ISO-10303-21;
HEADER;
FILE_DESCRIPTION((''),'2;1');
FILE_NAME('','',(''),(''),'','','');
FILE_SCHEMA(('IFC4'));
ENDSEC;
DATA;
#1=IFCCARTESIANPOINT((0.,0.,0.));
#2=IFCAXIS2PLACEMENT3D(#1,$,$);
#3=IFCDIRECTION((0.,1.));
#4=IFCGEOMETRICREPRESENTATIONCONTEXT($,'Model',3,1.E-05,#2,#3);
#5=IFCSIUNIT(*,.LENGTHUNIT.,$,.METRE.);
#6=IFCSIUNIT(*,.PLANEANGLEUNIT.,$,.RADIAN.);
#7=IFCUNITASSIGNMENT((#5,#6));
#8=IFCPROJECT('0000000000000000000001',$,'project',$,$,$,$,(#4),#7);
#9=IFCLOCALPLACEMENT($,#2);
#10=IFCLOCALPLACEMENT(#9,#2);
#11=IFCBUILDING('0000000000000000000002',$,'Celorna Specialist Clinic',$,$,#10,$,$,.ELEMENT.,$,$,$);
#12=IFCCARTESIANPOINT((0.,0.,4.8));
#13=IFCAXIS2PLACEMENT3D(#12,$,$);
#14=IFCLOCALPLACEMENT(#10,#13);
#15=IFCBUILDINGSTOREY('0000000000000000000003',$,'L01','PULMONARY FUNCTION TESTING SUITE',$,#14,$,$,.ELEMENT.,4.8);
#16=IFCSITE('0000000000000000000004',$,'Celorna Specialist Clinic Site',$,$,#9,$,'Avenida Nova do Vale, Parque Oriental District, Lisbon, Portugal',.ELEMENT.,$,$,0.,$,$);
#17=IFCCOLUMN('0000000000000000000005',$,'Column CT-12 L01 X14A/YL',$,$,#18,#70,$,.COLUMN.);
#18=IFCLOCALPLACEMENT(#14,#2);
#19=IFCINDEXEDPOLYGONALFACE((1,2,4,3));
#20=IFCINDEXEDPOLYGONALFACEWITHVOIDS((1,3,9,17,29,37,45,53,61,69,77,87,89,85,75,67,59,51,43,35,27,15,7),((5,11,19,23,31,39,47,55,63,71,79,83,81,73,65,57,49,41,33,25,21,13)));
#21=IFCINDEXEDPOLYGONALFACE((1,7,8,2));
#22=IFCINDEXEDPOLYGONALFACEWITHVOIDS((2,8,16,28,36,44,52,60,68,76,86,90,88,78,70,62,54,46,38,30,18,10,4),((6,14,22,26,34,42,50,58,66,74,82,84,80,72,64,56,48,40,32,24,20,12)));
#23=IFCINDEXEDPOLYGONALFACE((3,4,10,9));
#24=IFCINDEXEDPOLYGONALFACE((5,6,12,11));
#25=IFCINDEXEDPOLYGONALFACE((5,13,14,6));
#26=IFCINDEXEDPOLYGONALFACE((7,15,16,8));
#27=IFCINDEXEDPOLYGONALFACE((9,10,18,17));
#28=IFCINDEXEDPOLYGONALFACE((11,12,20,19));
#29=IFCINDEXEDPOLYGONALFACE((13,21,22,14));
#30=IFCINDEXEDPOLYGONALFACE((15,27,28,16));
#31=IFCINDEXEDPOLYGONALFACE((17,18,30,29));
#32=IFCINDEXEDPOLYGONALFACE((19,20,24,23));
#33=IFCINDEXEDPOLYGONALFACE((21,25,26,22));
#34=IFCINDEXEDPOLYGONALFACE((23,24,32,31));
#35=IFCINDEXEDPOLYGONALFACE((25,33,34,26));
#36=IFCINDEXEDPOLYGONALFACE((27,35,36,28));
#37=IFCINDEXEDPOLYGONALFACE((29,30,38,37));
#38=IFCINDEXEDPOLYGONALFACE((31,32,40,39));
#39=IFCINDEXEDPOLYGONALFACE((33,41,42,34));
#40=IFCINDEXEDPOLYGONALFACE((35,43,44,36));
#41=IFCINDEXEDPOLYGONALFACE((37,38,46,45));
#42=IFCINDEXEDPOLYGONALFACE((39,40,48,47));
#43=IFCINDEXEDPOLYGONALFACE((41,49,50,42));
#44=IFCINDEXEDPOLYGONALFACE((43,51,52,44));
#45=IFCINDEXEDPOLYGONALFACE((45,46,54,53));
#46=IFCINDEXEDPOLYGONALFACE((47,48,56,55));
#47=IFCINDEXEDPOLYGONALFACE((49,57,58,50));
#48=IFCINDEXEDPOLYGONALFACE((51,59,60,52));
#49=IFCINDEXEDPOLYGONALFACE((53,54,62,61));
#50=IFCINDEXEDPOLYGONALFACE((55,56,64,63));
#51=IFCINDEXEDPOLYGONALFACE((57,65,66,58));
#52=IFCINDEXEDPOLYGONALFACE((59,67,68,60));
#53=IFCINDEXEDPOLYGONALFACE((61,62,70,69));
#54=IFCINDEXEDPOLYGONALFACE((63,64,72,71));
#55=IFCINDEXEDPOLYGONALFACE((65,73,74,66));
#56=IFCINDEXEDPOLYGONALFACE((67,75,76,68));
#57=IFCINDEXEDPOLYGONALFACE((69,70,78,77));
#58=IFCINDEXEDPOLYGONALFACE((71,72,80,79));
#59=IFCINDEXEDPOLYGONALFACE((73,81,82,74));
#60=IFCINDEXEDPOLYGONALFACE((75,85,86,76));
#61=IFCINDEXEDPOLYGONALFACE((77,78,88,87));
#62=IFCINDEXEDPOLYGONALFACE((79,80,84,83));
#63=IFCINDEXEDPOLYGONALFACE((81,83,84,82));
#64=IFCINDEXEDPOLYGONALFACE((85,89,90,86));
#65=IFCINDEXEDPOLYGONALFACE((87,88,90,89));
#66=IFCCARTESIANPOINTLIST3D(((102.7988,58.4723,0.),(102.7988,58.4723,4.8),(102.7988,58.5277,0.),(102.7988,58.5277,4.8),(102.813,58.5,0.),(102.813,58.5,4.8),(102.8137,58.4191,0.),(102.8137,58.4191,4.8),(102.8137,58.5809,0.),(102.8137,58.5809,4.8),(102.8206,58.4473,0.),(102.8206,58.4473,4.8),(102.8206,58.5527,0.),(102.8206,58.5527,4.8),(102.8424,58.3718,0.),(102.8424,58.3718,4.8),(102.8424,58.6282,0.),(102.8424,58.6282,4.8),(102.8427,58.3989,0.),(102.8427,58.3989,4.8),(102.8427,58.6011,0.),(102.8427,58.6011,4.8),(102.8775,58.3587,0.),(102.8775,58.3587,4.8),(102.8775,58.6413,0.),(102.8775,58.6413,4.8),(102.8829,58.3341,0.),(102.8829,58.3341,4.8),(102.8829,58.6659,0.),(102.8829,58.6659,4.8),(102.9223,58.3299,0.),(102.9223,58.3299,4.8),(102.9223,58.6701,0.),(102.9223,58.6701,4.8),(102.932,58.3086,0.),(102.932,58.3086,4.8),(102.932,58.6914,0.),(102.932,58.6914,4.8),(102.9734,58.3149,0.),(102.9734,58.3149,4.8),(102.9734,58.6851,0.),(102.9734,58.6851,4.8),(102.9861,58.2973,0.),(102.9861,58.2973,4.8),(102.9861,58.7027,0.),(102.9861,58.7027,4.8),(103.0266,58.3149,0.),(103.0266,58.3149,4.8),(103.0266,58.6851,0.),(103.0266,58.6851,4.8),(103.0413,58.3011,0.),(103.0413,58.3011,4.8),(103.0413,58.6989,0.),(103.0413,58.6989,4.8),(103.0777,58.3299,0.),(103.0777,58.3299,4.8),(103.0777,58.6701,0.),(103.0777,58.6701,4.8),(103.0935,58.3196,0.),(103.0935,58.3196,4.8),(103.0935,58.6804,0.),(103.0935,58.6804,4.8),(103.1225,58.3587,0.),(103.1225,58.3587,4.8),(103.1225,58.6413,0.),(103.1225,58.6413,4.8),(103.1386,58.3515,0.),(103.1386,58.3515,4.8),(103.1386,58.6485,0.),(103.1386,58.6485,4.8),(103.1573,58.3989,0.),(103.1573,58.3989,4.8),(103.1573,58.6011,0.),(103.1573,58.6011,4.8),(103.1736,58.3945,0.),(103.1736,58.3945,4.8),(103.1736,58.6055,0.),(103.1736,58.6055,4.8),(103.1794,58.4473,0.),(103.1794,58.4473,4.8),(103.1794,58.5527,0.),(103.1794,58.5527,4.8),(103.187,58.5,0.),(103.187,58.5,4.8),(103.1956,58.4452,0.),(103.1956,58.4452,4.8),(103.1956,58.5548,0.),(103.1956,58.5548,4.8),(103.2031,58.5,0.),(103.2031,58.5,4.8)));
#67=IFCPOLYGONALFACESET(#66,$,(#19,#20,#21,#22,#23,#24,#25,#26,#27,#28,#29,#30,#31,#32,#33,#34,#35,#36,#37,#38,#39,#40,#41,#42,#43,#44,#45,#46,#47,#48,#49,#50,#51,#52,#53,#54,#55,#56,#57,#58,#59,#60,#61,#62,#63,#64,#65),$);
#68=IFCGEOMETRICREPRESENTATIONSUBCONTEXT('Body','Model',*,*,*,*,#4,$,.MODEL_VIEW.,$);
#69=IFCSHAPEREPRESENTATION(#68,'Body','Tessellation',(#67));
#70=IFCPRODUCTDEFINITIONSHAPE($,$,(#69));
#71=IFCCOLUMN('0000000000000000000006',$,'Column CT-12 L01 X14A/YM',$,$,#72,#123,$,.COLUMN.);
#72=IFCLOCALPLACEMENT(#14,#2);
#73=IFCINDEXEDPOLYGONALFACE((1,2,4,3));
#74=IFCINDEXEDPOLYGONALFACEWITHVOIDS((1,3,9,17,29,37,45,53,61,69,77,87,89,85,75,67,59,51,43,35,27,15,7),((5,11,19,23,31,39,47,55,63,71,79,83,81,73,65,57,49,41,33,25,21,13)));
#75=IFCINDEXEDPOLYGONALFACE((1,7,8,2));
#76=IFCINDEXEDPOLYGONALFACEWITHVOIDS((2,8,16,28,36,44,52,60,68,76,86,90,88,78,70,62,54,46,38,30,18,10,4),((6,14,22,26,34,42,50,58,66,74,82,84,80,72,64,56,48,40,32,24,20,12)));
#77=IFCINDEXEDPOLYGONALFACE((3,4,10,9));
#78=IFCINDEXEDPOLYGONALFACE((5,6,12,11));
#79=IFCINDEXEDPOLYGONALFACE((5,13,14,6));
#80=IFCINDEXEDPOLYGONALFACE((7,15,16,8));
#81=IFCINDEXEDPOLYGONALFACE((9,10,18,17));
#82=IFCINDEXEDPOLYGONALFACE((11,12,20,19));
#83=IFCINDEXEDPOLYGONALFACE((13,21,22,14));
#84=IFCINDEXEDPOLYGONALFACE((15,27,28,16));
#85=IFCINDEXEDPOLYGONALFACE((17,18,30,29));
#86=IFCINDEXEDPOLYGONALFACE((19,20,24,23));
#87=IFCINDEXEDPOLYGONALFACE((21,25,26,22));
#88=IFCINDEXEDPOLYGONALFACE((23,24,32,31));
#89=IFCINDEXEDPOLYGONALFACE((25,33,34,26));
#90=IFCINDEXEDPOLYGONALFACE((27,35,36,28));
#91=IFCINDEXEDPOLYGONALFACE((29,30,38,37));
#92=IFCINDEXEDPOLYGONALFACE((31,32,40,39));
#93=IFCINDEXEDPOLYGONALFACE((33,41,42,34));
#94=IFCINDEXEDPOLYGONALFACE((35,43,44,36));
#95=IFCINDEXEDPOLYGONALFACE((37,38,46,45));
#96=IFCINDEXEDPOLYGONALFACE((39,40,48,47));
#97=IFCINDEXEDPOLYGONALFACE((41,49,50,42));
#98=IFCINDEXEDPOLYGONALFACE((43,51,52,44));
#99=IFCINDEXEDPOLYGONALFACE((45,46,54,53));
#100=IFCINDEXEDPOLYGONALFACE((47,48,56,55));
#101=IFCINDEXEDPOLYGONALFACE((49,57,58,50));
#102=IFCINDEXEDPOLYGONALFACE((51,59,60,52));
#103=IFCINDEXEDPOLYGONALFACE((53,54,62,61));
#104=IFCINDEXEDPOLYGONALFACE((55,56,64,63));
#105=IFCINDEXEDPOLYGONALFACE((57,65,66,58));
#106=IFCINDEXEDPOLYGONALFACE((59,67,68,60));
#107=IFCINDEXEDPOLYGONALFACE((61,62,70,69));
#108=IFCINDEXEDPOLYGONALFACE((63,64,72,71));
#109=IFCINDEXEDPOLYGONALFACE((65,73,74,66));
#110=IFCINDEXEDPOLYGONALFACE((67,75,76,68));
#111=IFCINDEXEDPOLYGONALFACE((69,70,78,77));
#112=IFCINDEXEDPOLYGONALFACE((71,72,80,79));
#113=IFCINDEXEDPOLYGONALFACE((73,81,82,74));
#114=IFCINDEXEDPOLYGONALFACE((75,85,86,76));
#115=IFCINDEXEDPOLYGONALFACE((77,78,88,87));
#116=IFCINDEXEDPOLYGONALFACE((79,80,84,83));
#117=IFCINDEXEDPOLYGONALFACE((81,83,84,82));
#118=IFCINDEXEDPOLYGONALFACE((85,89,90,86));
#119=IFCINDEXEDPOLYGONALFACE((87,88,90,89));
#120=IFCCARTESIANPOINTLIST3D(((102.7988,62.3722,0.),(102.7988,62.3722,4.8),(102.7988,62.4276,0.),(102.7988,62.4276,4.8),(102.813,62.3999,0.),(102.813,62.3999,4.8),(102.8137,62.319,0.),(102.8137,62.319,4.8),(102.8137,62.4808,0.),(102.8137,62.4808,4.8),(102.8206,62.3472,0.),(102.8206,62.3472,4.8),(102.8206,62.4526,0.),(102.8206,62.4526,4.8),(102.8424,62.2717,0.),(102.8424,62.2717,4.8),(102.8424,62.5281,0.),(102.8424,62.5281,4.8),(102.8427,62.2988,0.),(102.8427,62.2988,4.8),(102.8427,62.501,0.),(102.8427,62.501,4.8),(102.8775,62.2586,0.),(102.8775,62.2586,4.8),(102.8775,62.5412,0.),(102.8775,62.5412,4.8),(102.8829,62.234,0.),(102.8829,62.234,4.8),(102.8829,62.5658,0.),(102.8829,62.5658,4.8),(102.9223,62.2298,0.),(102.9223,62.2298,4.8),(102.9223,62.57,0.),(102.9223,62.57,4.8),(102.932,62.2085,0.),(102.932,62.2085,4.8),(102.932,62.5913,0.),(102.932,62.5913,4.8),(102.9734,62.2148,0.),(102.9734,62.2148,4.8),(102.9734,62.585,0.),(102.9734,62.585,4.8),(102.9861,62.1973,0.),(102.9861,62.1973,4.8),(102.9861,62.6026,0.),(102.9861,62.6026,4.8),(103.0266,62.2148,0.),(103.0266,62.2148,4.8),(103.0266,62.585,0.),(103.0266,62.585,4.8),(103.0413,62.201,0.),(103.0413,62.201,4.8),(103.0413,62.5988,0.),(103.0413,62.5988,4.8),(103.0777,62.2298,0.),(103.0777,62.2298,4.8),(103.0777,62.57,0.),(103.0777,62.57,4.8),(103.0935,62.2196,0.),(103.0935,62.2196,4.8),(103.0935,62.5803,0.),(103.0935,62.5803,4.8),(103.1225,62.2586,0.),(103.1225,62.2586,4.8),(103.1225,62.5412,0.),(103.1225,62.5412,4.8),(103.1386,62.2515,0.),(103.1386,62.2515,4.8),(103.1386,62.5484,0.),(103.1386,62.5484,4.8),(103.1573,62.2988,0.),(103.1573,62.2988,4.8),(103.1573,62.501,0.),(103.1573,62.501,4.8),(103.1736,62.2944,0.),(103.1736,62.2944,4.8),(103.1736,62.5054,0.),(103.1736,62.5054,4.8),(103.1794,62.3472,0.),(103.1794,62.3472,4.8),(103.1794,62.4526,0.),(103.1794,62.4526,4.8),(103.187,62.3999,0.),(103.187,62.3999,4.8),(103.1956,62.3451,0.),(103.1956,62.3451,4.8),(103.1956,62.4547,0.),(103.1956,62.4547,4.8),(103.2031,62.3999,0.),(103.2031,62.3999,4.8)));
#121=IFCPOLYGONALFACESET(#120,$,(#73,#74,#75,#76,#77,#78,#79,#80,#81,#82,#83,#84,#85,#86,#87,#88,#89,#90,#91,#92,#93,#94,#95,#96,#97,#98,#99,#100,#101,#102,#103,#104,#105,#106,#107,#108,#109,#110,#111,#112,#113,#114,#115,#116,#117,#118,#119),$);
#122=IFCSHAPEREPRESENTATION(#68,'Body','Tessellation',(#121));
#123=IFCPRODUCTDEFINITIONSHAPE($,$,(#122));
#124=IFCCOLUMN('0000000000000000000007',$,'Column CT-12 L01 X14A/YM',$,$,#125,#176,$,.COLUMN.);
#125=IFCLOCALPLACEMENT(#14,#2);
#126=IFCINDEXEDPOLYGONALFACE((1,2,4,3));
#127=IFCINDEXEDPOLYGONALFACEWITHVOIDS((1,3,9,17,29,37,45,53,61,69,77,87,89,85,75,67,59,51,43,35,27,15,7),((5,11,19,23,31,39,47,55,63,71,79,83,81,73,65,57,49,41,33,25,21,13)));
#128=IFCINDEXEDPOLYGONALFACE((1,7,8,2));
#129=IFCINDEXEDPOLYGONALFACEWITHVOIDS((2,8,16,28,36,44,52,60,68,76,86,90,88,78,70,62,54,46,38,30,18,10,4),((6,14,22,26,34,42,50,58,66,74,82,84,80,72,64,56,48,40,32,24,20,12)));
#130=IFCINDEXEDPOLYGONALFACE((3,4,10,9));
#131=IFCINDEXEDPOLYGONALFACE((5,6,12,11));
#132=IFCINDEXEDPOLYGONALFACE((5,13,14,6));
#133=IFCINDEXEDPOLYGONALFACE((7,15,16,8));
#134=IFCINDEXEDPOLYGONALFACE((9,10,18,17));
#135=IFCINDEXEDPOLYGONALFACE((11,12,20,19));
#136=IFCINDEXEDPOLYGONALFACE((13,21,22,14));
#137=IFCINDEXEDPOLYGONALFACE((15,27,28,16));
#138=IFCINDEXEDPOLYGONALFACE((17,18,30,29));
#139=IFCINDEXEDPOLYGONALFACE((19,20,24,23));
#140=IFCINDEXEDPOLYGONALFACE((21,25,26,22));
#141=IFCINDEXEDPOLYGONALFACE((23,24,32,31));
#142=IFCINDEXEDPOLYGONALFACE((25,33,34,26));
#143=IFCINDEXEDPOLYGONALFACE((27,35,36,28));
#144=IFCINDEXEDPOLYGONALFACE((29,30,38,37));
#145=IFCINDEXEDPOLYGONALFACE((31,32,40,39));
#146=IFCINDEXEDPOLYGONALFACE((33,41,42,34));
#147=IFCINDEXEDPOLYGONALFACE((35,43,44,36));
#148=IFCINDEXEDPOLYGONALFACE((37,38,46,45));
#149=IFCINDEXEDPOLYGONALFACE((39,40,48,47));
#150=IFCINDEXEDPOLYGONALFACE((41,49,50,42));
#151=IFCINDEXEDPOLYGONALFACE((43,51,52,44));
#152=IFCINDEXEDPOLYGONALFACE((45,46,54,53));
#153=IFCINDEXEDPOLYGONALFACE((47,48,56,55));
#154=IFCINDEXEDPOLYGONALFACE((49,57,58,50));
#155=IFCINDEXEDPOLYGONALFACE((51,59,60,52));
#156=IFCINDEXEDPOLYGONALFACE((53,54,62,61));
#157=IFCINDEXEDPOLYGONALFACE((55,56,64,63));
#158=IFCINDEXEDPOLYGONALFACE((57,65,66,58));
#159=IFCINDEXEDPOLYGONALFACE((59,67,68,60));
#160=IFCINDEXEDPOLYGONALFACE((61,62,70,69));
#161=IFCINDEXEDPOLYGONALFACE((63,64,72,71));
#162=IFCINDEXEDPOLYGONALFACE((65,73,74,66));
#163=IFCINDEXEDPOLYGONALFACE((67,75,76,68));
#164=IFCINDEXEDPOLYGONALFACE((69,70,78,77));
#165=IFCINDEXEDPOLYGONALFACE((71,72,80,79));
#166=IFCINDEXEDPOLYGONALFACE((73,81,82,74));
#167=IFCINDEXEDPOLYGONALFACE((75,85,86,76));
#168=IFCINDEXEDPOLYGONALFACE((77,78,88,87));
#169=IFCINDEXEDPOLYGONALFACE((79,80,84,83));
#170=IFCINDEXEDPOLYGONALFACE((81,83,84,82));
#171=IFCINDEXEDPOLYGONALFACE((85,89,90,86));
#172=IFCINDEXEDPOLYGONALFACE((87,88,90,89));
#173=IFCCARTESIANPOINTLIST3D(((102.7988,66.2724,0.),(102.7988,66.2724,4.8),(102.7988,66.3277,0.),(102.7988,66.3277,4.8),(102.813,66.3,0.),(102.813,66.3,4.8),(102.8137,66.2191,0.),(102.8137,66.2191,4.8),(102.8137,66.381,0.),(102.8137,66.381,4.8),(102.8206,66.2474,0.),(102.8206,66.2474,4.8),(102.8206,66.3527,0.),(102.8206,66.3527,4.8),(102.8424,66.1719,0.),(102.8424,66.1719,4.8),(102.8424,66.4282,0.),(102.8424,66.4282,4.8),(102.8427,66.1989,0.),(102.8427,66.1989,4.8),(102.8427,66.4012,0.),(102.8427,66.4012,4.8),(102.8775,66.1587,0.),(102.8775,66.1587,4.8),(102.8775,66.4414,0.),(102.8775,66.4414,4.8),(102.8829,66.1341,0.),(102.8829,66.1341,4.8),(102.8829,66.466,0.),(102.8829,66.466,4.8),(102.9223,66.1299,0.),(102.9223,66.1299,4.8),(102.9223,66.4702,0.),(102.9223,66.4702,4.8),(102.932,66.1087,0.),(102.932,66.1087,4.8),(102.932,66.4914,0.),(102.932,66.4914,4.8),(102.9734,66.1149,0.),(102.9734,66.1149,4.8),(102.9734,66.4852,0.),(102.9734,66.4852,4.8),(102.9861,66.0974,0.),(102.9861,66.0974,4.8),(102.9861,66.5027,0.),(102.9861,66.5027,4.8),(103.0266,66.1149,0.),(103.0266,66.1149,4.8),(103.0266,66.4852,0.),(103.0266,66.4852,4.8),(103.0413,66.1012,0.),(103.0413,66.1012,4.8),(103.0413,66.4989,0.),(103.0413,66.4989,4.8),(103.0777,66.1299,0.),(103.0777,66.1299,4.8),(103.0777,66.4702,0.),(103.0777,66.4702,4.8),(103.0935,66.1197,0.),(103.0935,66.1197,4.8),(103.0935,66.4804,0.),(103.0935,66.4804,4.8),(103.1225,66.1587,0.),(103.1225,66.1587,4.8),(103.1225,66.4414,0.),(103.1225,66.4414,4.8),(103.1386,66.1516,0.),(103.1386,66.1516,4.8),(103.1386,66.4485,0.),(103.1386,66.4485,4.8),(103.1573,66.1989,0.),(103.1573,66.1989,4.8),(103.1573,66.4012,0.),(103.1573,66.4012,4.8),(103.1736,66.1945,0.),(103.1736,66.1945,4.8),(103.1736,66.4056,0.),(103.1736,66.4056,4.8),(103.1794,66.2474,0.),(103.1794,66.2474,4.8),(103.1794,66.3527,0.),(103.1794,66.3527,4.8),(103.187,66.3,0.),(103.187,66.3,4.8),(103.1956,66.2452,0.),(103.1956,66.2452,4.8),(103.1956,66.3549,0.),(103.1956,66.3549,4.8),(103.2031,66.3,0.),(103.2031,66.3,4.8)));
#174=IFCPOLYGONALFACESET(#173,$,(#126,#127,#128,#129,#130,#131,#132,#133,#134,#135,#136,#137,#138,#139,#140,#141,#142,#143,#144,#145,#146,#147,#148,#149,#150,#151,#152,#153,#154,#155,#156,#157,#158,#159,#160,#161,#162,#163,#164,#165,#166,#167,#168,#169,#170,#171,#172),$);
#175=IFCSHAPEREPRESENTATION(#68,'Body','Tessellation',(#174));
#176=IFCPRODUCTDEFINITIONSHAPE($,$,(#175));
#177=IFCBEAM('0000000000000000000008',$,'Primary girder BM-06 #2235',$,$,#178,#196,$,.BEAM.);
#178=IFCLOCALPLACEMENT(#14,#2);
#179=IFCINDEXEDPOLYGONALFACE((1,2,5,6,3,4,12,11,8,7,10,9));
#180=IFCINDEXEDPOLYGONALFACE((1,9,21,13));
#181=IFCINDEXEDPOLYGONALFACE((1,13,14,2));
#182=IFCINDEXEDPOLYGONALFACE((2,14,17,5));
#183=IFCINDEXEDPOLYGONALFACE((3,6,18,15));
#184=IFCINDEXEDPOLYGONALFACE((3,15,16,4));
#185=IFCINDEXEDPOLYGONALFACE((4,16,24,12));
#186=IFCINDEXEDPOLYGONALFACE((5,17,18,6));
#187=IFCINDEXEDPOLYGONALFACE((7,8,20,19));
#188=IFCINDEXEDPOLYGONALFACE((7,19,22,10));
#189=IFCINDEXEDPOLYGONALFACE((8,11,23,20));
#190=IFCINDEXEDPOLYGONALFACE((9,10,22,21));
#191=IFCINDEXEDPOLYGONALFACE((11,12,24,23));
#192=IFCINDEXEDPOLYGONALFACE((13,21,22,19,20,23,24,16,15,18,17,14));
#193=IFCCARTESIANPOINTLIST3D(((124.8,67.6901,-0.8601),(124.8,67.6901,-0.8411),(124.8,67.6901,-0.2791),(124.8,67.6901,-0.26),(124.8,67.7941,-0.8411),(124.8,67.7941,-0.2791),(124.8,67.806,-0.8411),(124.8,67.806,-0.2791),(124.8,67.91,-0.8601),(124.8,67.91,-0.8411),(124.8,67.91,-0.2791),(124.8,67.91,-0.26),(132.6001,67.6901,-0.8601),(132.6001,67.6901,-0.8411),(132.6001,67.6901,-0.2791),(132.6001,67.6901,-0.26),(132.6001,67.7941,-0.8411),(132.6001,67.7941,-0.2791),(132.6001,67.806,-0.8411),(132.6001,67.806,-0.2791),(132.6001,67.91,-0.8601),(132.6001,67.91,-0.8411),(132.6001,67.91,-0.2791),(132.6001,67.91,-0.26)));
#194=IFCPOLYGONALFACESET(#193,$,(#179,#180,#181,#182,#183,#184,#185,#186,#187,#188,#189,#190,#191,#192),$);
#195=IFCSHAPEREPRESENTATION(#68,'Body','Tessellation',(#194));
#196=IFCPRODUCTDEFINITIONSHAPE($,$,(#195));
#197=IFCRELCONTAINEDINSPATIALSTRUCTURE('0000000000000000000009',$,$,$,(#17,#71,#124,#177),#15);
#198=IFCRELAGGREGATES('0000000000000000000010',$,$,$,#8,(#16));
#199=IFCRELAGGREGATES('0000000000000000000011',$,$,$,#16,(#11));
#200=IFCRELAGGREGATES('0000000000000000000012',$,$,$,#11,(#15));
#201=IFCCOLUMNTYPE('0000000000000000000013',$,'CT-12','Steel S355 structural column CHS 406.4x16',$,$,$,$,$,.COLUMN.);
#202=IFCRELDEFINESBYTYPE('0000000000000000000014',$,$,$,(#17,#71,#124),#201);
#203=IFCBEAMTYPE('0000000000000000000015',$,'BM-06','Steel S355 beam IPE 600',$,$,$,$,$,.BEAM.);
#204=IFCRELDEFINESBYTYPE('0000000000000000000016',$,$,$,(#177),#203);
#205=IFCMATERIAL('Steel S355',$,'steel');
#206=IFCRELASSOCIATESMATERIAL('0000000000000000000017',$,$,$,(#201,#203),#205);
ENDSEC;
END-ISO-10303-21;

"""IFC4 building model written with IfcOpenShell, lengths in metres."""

from ifc_helpers import new_model, si_unit, direction, frame, origin, origin_2d, place, context, subcontext, project, spatial, hollow_circle, i_section, extrude, material, material_profile, profile_set, type_object, element, save


model = new_model("IFC4")

# Units and contexts
model_context = context("Model", 3, precision=1e-05, world=origin(), true_north=direction((0.0, 1.0)))
body_context = subcontext(model_context, "Body", "Model", "MODEL_VIEW")
ifc_project = project(units=[si_unit("LENGTHUNIT", "METRE"), si_unit("PLANEANGLEUNIT", "RADIAN")], contexts=[model_context])

# Site, building, storey
site_placement = place(None, origin())
site = spatial("IfcSite", under=ifc_project, at=site_placement, Name="Celorna Specialist Clinic Site", LongName="Avenida Nova do Vale, Parque Oriental District, Lisbon, Portugal", CompositionType="ELEMENT", RefElevation=0.0)
building_placement = place(site_placement, origin())
building = spatial("IfcBuilding", under=site, at=building_placement, Name="Celorna Specialist Clinic", CompositionType="ELEMENT")
storey_placement = place(building_placement, frame((0.0, 0.0, 4.8)))
storey = spatial("IfcBuildingStorey", under=building, at=storey_placement, Name="L01", Description="PULMONARY FUNCTION TESTING SUITE", CompositionType="ELEMENT", Elevation=4.8)

# Columns
ifc_material_1 = material(Name="Steel S355", Category="steel")
ifc_material_profile_1 = material_profile(ifc_material_1, hollow_circle(Radius=0.2031, WallThickness=0.0161, at=origin_2d()), Name="CHS 406.4x16")
ifc_profile_set_1 = profile_set([ifc_material_profile_1], Name="Steel S355")
column_type_1 = type_object("IfcColumnType", Name="CT-12", Description="Steel S355 structural column CHS 406.4x16", PredefinedType="COLUMN", material=ifc_profile_set_1)
for number, where, z_axis, x_axis, name in (
    (1, (103.0, 58.5, 0.0), (0.0, 0.0, 1.0), (1.0, 0.0, 0.0), "Column CT-12 L01 X14A/YL"),
    (2, (103.0, 62.3999, 0.0), (0.0, 0.0, 1.0), (1.0, 0.0, 0.0), "Column CT-12 L01 X14A/YM"),
    (3, (103.0, 66.3, 0.0), (0.0, 0.0, 1.0), (1.0, 0.0, 0.0), "Column CT-12 L01 X14A/YM"),
):
    element("IfcColumn", number, at=place(storey_placement, frame(where, z_axis=z_axis, x_axis=x_axis)), inside=storey, type_object=column_type_1, Name=name, PredefinedType="COLUMN", context=body_context, shape_type="SweptSolid", body=[
        extrude(hollow_circle(Radius=0.2031, WallThickness=0.0161, at=origin_2d()), origin(), (0.0, 0.0, 1.0), 4.8),
    ])

# Beam
ifc_material_profile_2 = material_profile(ifc_material_1, i_section(OverallWidth=0.22, OverallDepth=0.6001, WebThickness=0.012, FlangeThickness=0.019, at=origin_2d()), Name="IPE 600")
ifc_profile_set_2 = profile_set([ifc_material_profile_2], Name="Steel S355")
beam_type_1 = type_object("IfcBeamType", Name="BM-06", Description="Steel S355 beam IPE 600", PredefinedType="BEAM", material=ifc_profile_set_2)
beam_placement = place(storey_placement, frame((124.8, 67.8, -0.5601), z_axis=(1.0, 0.0, 0.0), x_axis=(0.0, 1.0, 0.0)))
element("IfcBeam", 4, at=beam_placement, inside=storey, type_object=beam_type_1, Name="Primary girder BM-06 #2235", PredefinedType="BEAM", context=body_context, shape_type="SweptSolid", body=[
    extrude(i_section(OverallWidth=0.22, OverallDepth=0.6001, WebThickness=0.012, FlangeThickness=0.019, at=origin_2d()), origin(), (0.0, 0.0, 1.0), 7.8),
])

save(model, "model.ifc")
